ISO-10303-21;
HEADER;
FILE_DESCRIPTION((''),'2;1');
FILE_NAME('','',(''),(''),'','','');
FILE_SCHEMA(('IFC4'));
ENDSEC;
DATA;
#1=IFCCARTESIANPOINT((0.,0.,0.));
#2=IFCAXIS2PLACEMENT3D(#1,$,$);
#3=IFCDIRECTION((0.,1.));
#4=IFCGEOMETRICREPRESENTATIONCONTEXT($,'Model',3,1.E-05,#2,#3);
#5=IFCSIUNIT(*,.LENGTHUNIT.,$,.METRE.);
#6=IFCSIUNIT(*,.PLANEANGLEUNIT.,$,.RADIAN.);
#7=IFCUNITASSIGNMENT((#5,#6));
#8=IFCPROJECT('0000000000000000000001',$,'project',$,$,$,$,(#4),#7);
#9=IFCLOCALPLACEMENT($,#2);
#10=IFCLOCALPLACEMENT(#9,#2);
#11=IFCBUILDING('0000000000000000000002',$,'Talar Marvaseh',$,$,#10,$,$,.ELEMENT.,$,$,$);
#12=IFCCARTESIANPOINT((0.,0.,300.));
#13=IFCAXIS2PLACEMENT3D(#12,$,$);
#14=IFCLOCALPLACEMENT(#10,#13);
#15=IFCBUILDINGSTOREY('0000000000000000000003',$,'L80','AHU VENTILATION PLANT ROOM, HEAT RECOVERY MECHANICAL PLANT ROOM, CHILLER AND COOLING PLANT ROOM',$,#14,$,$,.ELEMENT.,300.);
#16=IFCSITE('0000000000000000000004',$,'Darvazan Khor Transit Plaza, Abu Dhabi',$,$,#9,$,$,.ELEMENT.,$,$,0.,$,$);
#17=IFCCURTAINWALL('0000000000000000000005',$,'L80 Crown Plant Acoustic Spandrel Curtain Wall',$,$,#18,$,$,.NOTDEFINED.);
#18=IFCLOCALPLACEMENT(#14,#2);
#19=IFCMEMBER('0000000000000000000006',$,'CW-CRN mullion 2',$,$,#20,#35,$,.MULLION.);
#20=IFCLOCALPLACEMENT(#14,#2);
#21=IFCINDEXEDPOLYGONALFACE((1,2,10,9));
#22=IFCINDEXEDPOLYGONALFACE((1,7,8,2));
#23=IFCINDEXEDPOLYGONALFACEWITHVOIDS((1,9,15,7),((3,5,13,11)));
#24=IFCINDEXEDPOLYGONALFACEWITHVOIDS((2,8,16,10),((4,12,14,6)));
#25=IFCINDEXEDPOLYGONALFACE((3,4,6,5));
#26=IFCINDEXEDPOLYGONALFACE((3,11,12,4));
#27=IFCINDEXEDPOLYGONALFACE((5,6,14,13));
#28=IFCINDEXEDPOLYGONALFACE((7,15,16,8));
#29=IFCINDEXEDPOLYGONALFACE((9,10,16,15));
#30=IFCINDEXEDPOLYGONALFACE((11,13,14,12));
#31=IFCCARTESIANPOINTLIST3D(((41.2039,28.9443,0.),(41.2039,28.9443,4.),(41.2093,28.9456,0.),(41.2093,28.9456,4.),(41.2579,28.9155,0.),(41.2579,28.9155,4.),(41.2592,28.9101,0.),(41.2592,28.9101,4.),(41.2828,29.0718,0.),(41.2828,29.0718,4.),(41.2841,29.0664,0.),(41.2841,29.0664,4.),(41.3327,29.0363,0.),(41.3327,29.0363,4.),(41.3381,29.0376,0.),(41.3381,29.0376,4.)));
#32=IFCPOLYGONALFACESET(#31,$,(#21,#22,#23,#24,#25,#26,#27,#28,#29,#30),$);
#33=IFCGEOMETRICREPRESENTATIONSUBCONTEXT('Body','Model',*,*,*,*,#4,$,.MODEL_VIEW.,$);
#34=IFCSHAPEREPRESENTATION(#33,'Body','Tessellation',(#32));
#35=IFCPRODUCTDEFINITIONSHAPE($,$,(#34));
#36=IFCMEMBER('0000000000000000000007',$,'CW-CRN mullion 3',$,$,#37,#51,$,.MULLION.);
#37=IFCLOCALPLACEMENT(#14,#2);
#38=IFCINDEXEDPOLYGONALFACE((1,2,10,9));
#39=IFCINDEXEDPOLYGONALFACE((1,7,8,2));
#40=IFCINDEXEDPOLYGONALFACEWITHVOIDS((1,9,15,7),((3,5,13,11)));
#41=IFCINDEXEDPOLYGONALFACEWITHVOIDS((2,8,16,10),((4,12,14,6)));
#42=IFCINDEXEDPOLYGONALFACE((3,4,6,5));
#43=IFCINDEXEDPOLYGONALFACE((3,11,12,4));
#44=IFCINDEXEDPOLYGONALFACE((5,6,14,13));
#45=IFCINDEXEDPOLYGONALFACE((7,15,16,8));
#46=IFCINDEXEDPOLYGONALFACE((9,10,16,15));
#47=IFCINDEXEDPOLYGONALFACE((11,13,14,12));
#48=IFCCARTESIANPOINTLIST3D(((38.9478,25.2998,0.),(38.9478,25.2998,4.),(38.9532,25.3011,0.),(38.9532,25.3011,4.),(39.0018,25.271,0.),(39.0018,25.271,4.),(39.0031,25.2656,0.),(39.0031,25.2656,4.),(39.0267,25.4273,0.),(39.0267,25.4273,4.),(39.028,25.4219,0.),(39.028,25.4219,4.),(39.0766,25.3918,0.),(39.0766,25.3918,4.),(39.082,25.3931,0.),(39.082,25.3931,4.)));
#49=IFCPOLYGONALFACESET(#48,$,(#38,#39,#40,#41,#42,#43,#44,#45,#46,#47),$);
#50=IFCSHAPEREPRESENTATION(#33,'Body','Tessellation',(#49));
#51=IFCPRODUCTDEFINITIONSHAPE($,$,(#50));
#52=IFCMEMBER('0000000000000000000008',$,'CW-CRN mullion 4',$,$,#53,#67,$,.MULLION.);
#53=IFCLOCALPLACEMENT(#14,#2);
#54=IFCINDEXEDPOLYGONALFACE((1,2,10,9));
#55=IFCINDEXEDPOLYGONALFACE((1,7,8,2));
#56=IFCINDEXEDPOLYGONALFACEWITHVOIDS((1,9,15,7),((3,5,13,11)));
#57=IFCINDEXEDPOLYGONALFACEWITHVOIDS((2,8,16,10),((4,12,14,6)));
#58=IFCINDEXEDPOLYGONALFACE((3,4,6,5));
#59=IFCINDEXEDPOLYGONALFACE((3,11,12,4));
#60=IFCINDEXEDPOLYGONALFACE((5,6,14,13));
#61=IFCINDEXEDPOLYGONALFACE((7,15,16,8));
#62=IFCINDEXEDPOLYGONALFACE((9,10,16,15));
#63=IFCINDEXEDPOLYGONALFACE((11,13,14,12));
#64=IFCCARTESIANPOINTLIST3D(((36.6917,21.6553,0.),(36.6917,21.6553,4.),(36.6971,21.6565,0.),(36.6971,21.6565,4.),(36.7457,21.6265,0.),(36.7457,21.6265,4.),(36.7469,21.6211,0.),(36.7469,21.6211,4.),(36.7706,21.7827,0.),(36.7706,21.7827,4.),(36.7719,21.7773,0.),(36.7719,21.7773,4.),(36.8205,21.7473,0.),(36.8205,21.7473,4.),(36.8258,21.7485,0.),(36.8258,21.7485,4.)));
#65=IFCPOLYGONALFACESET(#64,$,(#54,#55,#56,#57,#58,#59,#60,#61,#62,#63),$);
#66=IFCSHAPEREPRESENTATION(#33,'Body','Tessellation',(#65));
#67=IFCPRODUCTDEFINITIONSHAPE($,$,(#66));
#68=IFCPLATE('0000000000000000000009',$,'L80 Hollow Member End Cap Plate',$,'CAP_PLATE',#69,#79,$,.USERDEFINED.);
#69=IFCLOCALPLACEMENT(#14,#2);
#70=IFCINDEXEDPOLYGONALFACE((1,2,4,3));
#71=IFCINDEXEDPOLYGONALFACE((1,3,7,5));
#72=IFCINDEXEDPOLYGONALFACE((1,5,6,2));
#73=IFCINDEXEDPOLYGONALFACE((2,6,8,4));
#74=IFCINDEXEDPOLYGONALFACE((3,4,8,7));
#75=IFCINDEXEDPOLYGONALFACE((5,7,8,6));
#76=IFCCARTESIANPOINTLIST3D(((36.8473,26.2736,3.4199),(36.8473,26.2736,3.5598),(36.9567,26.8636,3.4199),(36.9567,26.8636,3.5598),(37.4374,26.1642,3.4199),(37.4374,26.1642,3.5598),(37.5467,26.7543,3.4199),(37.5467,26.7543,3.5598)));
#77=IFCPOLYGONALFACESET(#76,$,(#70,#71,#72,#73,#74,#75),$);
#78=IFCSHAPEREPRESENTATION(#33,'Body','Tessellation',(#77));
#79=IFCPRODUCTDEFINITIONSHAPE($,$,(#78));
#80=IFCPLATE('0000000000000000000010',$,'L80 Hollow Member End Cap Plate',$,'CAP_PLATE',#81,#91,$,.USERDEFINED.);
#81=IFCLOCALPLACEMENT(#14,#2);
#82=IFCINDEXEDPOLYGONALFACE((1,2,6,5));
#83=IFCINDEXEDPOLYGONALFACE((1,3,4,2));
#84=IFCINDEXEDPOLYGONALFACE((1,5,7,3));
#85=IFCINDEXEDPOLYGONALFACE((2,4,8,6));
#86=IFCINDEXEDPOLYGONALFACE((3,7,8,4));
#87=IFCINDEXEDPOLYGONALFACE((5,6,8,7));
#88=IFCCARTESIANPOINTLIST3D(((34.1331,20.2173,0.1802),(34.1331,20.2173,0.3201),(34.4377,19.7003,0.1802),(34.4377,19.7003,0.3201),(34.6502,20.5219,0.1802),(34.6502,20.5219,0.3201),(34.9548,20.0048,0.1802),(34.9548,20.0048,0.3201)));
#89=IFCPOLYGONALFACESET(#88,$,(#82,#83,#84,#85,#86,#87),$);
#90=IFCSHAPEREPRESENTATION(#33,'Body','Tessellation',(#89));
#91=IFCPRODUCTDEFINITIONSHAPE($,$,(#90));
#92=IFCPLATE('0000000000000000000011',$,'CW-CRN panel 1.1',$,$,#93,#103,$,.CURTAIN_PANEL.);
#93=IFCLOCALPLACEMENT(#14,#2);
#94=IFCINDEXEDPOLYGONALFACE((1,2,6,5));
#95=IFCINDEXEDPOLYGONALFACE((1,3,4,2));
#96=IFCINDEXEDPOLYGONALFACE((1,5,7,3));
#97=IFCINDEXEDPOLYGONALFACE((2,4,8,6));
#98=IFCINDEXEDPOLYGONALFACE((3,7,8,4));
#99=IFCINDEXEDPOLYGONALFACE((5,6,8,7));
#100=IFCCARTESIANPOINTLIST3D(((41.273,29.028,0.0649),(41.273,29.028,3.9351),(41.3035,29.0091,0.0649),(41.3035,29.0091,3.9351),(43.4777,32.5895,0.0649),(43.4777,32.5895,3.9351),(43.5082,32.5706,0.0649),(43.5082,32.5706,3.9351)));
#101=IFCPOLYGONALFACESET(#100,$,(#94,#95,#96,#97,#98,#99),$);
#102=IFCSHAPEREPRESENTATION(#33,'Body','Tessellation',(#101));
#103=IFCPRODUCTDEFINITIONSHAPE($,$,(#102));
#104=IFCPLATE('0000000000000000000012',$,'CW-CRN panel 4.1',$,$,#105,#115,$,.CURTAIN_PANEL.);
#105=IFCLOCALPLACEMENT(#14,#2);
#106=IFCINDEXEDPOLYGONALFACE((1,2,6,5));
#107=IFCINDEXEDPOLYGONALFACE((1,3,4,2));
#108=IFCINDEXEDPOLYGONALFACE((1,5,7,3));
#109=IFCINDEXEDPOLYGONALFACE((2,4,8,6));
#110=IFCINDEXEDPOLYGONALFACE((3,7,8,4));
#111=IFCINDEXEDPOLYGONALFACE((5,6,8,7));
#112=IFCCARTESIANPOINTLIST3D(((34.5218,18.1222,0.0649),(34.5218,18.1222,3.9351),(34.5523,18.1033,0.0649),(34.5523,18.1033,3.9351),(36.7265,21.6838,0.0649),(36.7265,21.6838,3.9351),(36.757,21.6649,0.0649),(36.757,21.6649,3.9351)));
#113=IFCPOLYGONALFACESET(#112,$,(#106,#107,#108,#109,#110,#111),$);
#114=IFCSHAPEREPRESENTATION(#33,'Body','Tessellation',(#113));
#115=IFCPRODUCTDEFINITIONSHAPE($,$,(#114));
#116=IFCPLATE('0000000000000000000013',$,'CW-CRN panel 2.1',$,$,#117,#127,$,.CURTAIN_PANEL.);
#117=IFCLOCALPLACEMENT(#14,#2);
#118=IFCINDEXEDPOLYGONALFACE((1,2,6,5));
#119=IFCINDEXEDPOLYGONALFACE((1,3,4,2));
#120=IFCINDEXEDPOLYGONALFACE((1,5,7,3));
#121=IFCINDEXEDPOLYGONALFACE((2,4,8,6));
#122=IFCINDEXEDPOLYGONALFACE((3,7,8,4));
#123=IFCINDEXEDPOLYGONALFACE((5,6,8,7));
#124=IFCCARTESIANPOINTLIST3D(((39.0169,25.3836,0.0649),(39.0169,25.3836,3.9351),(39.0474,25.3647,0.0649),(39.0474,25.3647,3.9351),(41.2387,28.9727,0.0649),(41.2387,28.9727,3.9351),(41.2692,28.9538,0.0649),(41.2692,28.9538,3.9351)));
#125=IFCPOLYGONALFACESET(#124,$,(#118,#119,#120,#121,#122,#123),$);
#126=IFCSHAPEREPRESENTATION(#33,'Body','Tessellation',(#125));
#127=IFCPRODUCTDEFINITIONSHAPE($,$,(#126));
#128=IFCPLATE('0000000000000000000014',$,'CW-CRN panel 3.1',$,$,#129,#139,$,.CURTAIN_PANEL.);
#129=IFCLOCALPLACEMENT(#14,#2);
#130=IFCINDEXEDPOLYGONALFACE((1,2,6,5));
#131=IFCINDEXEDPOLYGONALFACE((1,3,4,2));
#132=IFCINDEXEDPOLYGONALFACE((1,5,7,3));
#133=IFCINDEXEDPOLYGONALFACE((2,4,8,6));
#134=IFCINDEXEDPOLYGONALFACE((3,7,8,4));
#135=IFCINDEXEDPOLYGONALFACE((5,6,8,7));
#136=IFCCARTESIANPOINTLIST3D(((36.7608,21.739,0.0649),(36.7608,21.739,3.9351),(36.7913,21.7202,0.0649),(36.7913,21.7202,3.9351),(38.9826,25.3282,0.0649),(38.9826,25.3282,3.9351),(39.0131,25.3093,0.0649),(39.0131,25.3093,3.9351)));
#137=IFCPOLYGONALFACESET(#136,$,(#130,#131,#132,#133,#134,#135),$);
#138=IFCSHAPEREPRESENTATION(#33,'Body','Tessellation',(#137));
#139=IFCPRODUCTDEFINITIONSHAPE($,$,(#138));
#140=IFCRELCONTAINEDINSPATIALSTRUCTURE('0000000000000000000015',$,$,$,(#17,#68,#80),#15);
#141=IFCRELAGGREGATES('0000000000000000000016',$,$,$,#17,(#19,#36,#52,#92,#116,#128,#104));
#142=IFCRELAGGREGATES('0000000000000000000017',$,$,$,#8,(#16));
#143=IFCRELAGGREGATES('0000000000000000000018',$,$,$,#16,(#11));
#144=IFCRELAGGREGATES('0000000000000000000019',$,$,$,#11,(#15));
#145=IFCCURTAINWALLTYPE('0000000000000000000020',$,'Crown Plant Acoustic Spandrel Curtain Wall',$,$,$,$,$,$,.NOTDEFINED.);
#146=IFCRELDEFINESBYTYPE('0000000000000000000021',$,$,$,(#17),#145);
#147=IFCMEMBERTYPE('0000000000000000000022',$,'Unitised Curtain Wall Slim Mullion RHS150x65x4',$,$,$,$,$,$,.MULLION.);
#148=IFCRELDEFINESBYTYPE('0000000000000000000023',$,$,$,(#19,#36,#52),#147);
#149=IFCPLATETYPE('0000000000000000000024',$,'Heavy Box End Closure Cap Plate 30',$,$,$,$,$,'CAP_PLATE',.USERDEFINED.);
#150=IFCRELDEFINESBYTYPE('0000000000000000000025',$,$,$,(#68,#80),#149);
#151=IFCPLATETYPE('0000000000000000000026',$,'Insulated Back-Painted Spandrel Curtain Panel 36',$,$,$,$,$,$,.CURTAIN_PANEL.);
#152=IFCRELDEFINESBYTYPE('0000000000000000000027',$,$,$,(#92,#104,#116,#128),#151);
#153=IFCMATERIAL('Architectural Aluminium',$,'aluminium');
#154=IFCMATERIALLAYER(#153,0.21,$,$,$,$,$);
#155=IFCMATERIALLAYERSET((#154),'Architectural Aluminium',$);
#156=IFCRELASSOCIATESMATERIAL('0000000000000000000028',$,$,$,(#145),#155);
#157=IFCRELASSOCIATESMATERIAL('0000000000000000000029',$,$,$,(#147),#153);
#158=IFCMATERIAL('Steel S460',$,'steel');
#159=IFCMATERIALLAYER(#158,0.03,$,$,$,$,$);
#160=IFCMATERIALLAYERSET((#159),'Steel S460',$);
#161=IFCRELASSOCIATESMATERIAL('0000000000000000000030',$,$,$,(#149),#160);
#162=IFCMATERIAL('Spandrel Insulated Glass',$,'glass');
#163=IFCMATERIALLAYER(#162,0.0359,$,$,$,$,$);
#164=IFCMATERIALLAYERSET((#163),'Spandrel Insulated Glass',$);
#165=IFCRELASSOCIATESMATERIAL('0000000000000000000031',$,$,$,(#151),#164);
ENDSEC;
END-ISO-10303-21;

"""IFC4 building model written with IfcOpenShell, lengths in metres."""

from ifc_helpers import new_model, si_unit, direction, frame, origin, origin_2d, place, context, subcontext, project, spatial, rectangle, hollow_rectangle, extrude, source, transform, mapped, material, layer, layer_set, material_profile, profile_set, type_object, type_shapes, element, aggregate, save


model = new_model("IFC4")

# Units and contexts
model_context = context("Model", 3, precision=1e-05, world=origin(), true_north=direction((0.0, 1.0)))
body_context = subcontext(model_context, "Body", "Model", "MODEL_VIEW")
ifc_project = project(units=[si_unit("LENGTHUNIT", "METRE"), si_unit("PLANEANGLEUNIT", "RADIAN")], contexts=[model_context])

# Site, building, storey
site_placement = place(None, origin())
site = spatial("IfcSite", under=ifc_project, at=site_placement, Name="Darvazan Khor Transit Plaza, Abu Dhabi", CompositionType="ELEMENT", RefElevation=0.0)
building_placement = place(site_placement, origin())
building = spatial("IfcBuilding", under=site, at=building_placement, Name="Talar Marvaseh", CompositionType="ELEMENT")
storey_placement = place(building_placement, frame((0.0, 0.0, 300.0)))
storey = spatial("IfcBuildingStorey", under=building, at=storey_placement, Name="L80", Description="AHU VENTILATION PLANT ROOM, HEAT RECOVERY MECHANICAL PLANT ROOM, CHILLER AND COOLING PLANT ROOM", CompositionType="ELEMENT", Elevation=300.0)

# Shared definitions
ifc_material_1 = material(Name="Steel S460", Category="steel")

# Curtain wall, members
ifc_material_2 = material(Name="Architectural Aluminium", Category="aluminium")
ifc_layer_1 = layer(ifc_material_2, 0.21)
ifc_layer_set_1 = layer_set([ifc_layer_1], Name="Architectural Aluminium")
curtain_wall_type = type_object("IfcCurtainWallType", Name="Crown Plant Acoustic Spandrel Curtain Wall", PredefinedType="NOTDEFINED", material=ifc_layer_set_1)
curtain_wall_placement = place(storey_placement, origin())
curtain_wall = element("IfcCurtainWall", 1, at=curtain_wall_placement, inside=storey, type_object=curtain_wall_type, Name="L80 Crown Plant Acoustic Spandrel Curtain Wall", PredefinedType="NOTDEFINED")
ifc_material_profile_1 = material_profile(ifc_material_2, hollow_rectangle(XDim=0.0649, YDim=0.1499, WallThickness=0.0039, at=origin_2d()), Name="RHS150x65x4")
ifc_profile_set_1 = profile_set([ifc_material_profile_1], Name="Architectural Aluminium")
member_type_1 = type_object("IfcMemberType", Name="Unitised Curtain Wall Slim Mullion RHS150x65x4", PredefinedType="MULLION", material=ifc_profile_set_1)
shared_shape_1 = source(origin(), body_context, "Body", "SweptSolid", [
    extrude(hollow_rectangle(XDim=0.0649, YDim=0.1499, WallThickness=0.0039, at=origin_2d()), origin(), (0.0, 0.0, 1.0), 4.0),
])
type_shapes(member_type_1, [shared_shape_1])
member_1_placement = place(storey_placement, frame((41.271, 28.991, 0.0), z_axis=(0.0, 0.0, 1.0), x_axis=(0.850268, -0.52635, 0.0)))
member_1 = element("IfcMember", 2, at=member_1_placement, type_object=member_type_1, Name="CW-CRN mullion 2", PredefinedType="MULLION", context=body_context, shape_type="MappedRepresentation", body=[
    mapped(shared_shape_1, transform((0.0, 0.0, 0.0), x_axis=(1.0, 0.0, 0.0), y_axis=(0.0, 1.0, 0.0), z_axis=(0.0, 0.0, 1.0), scale=1.0)),
])
member_2_placement = place(storey_placement, frame((39.0149, 25.3464, 0.0), z_axis=(0.0, 0.0, 1.0), x_axis=(0.850268, -0.52635, 0.0)))
member_2 = element("IfcMember", 3, at=member_2_placement, type_object=member_type_1, Name="CW-CRN mullion 3", PredefinedType="MULLION", context=body_context, shape_type="MappedRepresentation", body=[
    mapped(shared_shape_1, transform((0.0, 0.0, 0.0), x_axis=(1.0, 0.0, 0.0), y_axis=(0.0, 1.0, 0.0), z_axis=(0.0, 0.0, 1.0), scale=1.0)),
])
member_3_placement = place(storey_placement, frame((36.7588, 21.7019, 0.0), z_axis=(0.0, 0.0, 1.0), x_axis=(0.850268, -0.52635, 0.0)))
member_3 = element("IfcMember", 4, at=member_3_placement, type_object=member_type_1, Name="CW-CRN mullion 4", PredefinedType="MULLION", context=body_context, shape_type="MappedRepresentation", body=[
    mapped(shared_shape_1, transform((0.0, 0.0, 0.0), x_axis=(1.0, 0.0, 0.0), y_axis=(0.0, 1.0, 0.0), z_axis=(0.0, 0.0, 1.0), scale=1.0)),
])

# Plates
ifc_layer_2 = layer(ifc_material_1, 0.03)
ifc_layer_set_2 = layer_set([ifc_layer_2], Name="Steel S460")
plate_type_1 = type_object("IfcPlateType", Name="Heavy Box End Closure Cap Plate 30", ElementType="CAP_PLATE", PredefinedType="USERDEFINED", material=ifc_layer_set_2)
shared_shape_2 = source(origin(), body_context, "Body", "SweptSolid", [
    extrude(rectangle(XDim=0.6001, YDim=0.6001, at=origin_2d()), origin(), (0.0, 0.0, 1.0), 0.1399),
])
type_shapes(plate_type_1, [shared_shape_2])
for number, where, z_axis, x_axis, name in (
    (5, (37.197, 26.5139, 3.4199), (0.0, 0.0, 1.0), (-0.182236, -0.983255, 0.0), "L80 Hollow Member End Cap Plate"),
    (6, (34.5439, 20.1111, 0.1802), (0.0, 0.0, 1.0), (-0.861629, -0.507538, 0.0), "L80 Hollow Member End Cap Plate"),
):
    element("IfcPlate", number, at=place(storey_placement, frame(where, z_axis=z_axis, x_axis=x_axis)), inside=storey, type_object=plate_type_1, Name=name, ObjectType="CAP_PLATE", PredefinedType="USERDEFINED", context=body_context, shape_type="MappedRepresentation", body=[
        mapped(shared_shape_2, transform((0.0, 0.0, 0.0), x_axis=(1.0, 0.0, 0.0), y_axis=(0.0, 1.0, 0.0), z_axis=(0.0, 0.0, 1.0), scale=1.0)),
    ])

# Plates
ifc_material_3 = material(Name="Spandrel Insulated Glass", Category="glass")
ifc_layer_3 = layer(ifc_material_3, 0.0359)
ifc_layer_set_3 = layer_set([ifc_layer_3], Name="Spandrel Insulated Glass")
plate_type_2 = type_object("IfcPlateType", Name="Insulated Back-Painted Spandrel Curtain Panel 36", PredefinedType="CURTAIN_PANEL", material=ifc_layer_set_3)
shared_shape_3 = source(origin(), body_context, "Body", "SweptSolid", [
    extrude(rectangle(XDim=4.1887, YDim=0.0359, at=origin_2d()), origin(), (0.0, 0.0, 1.0), 3.8701),
])
plate_1_placement = place(storey_placement, frame((42.3906, 30.7993, 0.0649), z_axis=(0.0, 0.0, 1.0), x_axis=(-0.52635, -0.850268, 0.0)))
plate_1 = element("IfcPlate", 7, at=plate_1_placement, type_object=plate_type_2, Name="CW-CRN panel 1.1", PredefinedType="CURTAIN_PANEL", context=body_context, shape_type="MappedRepresentation", body=[
    mapped(shared_shape_3, transform((0.0, 0.0, 0.0), x_axis=(1.0, 0.0, 0.0), y_axis=(0.0, 1.0, 0.0), z_axis=(0.0, 0.0, 1.0), scale=1.0)),
])
plate_2_placement = place(storey_placement, frame((35.6394, 19.8936, 0.0649), z_axis=(0.0, 0.0, 1.0), x_axis=(-0.52635, -0.850268, 0.0)))
plate_2 = element("IfcPlate", 8, at=plate_2_placement, type_object=plate_type_2, Name="CW-CRN panel 4.1", PredefinedType="CURTAIN_PANEL", context=body_context, shape_type="MappedRepresentation", body=[
    mapped(shared_shape_3, transform((0.0, 0.0, 0.0), x_axis=(1.0, 0.0, 0.0), y_axis=(0.0, 1.0, 0.0), z_axis=(0.0, 0.0, 1.0), scale=1.0)),
])
shared_shape_4 = source(origin(), body_context, "Body", "SweptSolid", [
    extrude(rectangle(XDim=4.2212, YDim=0.0359, at=origin_2d()), origin(), (0.0, 0.0, 1.0), 3.8701),
])
type_shapes(plate_type_2, [shared_shape_3, shared_shape_4])
plate_3_placement = place(storey_placement, frame((40.1431, 27.1687, 0.0649), z_axis=(0.0, 0.0, 1.0), x_axis=(-0.52635, -0.850268, 0.0)))
plate_3 = element("IfcPlate", 9, at=plate_3_placement, type_object=plate_type_2, Name="CW-CRN panel 2.1", PredefinedType="CURTAIN_PANEL", context=body_context, shape_type="MappedRepresentation", body=[
    mapped(shared_shape_4, transform((0.0, 0.0, 0.0), x_axis=(1.0, 0.0, 0.0), y_axis=(0.0, 1.0, 0.0), z_axis=(0.0, 0.0, 1.0), scale=1.0)),
])
plate_4_placement = place(storey_placement, frame((37.887, 23.5242, 0.0649), z_axis=(0.0, 0.0, 1.0), x_axis=(-0.52635, -0.850268, 0.0)))
plate_4 = element("IfcPlate", 10, at=plate_4_placement, type_object=plate_type_2, Name="CW-CRN panel 3.1", PredefinedType="CURTAIN_PANEL", context=body_context, shape_type="MappedRepresentation", body=[
    mapped(shared_shape_4, transform((0.0, 0.0, 0.0), x_axis=(1.0, 0.0, 0.0), y_axis=(0.0, 1.0, 0.0), z_axis=(0.0, 0.0, 1.0), scale=1.0)),
])
aggregate(curtain_wall, [member_1, member_2, member_3, plate_1, plate_3, plate_4, plate_2])

save(model, "model.ifc")
